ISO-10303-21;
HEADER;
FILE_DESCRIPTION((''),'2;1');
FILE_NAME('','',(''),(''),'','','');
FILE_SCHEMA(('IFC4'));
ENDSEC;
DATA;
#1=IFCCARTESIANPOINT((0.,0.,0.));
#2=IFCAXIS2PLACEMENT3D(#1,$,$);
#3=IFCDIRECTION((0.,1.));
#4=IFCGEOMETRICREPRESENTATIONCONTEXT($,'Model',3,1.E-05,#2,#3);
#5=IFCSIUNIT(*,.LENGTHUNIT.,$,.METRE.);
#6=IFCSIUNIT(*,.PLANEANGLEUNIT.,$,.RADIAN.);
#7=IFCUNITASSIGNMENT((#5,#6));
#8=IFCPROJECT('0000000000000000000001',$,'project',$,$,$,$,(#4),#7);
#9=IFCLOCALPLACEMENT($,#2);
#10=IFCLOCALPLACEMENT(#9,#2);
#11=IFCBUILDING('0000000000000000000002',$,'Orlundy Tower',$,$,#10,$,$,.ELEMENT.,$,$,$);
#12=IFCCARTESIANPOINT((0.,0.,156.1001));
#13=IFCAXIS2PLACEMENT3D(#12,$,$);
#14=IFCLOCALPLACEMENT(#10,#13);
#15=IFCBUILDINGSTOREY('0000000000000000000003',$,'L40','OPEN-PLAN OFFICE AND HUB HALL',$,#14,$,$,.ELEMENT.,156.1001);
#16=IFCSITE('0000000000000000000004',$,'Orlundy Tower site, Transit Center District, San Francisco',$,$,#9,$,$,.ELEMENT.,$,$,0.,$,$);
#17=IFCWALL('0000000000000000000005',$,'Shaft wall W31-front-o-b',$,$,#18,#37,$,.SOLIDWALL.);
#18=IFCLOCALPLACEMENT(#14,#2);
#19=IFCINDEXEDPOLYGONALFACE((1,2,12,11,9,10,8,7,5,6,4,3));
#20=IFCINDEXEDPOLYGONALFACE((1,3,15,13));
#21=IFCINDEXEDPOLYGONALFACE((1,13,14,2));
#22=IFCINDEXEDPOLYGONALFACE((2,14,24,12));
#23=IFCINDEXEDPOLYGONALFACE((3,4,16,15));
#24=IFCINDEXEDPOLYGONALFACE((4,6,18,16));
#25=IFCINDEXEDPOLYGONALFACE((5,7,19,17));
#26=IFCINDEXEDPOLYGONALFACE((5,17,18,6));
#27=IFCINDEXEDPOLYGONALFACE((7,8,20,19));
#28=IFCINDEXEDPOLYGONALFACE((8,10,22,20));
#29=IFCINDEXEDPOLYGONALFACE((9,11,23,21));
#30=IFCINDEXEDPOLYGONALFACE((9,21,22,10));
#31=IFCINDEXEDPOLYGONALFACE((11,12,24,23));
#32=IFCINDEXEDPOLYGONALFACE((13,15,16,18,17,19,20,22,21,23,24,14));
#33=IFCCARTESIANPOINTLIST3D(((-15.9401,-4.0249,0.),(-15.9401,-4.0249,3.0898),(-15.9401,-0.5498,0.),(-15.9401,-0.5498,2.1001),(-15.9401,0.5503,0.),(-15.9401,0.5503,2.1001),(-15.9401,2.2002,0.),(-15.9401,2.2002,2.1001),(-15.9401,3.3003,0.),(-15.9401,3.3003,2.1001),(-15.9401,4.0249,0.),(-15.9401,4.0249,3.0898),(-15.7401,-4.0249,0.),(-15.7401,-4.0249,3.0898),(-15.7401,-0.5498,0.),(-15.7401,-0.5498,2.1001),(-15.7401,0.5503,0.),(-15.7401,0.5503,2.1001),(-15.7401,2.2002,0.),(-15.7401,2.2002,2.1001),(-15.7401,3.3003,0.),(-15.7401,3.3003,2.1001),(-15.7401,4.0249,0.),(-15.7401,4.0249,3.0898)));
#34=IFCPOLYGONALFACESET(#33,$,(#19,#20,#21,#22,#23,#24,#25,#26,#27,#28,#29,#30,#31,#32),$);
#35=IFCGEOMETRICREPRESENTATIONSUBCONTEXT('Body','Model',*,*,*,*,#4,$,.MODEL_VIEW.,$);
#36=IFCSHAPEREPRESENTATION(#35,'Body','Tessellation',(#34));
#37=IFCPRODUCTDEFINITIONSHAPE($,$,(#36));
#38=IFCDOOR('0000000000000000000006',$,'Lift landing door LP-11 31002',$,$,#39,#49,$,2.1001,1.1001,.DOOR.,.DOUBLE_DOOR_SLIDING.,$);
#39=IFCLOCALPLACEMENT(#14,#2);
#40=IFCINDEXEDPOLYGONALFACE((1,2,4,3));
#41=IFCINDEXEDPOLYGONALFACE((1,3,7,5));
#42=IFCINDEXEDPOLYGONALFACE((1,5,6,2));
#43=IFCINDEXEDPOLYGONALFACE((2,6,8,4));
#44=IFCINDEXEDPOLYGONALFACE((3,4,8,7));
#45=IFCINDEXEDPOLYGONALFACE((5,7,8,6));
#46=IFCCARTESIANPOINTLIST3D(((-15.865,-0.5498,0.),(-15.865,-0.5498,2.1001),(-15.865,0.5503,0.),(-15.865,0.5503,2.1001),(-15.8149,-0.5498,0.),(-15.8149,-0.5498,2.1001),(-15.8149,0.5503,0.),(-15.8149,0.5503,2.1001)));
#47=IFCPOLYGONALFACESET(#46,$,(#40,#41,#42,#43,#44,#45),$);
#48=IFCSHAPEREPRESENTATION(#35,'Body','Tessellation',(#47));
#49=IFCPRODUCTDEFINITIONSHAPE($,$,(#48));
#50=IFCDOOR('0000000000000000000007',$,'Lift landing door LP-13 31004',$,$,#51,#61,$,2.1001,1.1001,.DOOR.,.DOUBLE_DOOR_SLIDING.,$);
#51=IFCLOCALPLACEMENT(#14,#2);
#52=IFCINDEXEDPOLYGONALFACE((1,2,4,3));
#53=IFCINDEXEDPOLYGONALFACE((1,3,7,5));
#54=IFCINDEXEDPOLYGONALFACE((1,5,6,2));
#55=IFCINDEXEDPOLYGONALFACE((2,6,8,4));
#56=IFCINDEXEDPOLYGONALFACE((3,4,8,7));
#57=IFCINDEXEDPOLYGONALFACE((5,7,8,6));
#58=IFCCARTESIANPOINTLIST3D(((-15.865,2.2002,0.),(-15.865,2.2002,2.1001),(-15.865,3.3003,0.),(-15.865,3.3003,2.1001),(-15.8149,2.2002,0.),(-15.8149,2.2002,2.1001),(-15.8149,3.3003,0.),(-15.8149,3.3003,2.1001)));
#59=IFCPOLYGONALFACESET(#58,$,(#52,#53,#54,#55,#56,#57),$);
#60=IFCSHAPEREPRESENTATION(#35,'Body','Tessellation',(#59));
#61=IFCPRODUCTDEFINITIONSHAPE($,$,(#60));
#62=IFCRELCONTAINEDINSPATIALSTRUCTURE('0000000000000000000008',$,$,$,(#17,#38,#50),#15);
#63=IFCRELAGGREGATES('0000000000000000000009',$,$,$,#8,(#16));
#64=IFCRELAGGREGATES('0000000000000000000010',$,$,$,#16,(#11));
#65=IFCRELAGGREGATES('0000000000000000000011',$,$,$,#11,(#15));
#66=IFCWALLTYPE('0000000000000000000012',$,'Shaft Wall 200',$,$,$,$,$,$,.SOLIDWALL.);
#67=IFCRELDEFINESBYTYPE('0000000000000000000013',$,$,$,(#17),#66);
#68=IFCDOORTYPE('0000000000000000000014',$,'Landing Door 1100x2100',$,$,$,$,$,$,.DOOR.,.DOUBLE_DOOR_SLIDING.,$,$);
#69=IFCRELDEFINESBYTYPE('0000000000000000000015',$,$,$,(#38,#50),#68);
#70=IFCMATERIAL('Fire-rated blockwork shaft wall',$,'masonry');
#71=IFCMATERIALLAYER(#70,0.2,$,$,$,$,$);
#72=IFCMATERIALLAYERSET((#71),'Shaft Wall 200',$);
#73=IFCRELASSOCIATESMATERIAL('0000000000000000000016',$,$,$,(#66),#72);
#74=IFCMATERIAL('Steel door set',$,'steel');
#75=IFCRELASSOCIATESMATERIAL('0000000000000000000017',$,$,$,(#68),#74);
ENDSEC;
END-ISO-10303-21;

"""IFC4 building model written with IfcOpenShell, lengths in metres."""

from ifc_helpers import new_model, si_unit, direction, frame, frame_2d, origin, place, context, subcontext, project, spatial, rectangle, extrude, material, layer, layer_set, type_object, element, fill, save


model = new_model("IFC4")

# Units and contexts
model_context = context("Model", 3, precision=1e-05, world=origin(), true_north=direction((0.0, 1.0)))
body_context = subcontext(model_context, "Body", "Model", "MODEL_VIEW")
ifc_project = project(units=[si_unit("LENGTHUNIT", "METRE"), si_unit("PLANEANGLEUNIT", "RADIAN")], contexts=[model_context])

# Site, building, storey
site_placement = place(None, origin())
site = spatial("IfcSite", under=ifc_project, at=site_placement, Name="Orlundy Tower site, Transit Center District, San Francisco", CompositionType="ELEMENT", RefElevation=0.0)
building_placement = place(site_placement, origin())
building = spatial("IfcBuilding", under=site, at=building_placement, Name="Orlundy Tower", CompositionType="ELEMENT")
storey_placement = place(building_placement, frame((0.0, 0.0, 156.1001)))
storey = spatial("IfcBuildingStorey", under=building, at=storey_placement, Name="L40", Description="OPEN-PLAN OFFICE AND HUB HALL", CompositionType="ELEMENT", Elevation=156.1001)

# Shared definitions
ifc_material_1 = material(Name="Fire-rated blockwork shaft wall", Category="masonry")
ifc_layer_1 = layer(ifc_material_1, 0.2)
ifc_layer_set_1 = layer_set([ifc_layer_1], Name="Shaft Wall 200")
wall_type_1 = type_object("IfcWallType", Name="Shaft Wall 200", PredefinedType="SOLIDWALL", material=ifc_layer_set_1)
ifc_material_2 = material(Name="Steel door set", Category="steel")
door_type = type_object("IfcDoorType", Name="Landing Door 1100x2100", OperationType="DOUBLE_DOOR_SLIDING", PredefinedType="DOOR", material=ifc_material_2)

# Wall, openings, doors
wall_1_placement = place(storey_placement, frame((-15.8401, -4.0249, 0.0), z_axis=(0.0, 0.0, 1.0), x_axis=(0.0, 1.0, 0.0)))
wall_1 = element("IfcWall", 1, at=wall_1_placement, inside=storey, type_object=wall_type_1, Name="Shaft wall W31-front-o-b", PredefinedType="SOLIDWALL", context=body_context, shape_type="SweptSolid", body=[
    extrude(rectangle(XDim=8.0498, YDim=0.2, at=frame_2d((4.0249, 0.0))), origin(), (0.0, 0.0, 1.0), 3.0898),
])
opening_1_placement = place(wall_1_placement, frame((3.4751, 0.0, 0.0)))
opening_1 = element("IfcOpeningElement", 2, at=opening_1_placement, cuts=wall_1, PredefinedType="OPENING", context=body_context, shape_type="SweptSolid", body=[
    extrude(rectangle(XDim=1.1001, YDim=2.1001, at=frame_2d((0.55, 1.05))), frame((0.0, 0.1101, 0.0), z_axis=(0.0, -1.0, 0.0), x_axis=(1.0, 0.0, 0.0)), (0.0, 0.0, 1.0), 0.2202),
])
opening_2_placement = place(wall_1_placement, frame((6.2251, 0.0, 0.0)))
opening_2 = element("IfcOpeningElement", 3, at=opening_2_placement, cuts=wall_1, PredefinedType="OPENING", context=body_context, shape_type="SweptSolid", body=[
    extrude(rectangle(XDim=1.1001, YDim=2.1001, at=frame_2d((0.55, 1.05))), frame((0.0, 0.1101, 0.0), z_axis=(0.0, -1.0, 0.0), x_axis=(1.0, 0.0, 0.0)), (0.0, 0.0, 1.0), 0.2202),
])
door_1_placement = place(opening_1_placement, origin())
door_1 = element("IfcDoor", 4, at=door_1_placement, inside=storey, type_object=door_type, Name="Lift landing door LP-11 31002", OperationType="DOUBLE_DOOR_SLIDING", OverallHeight=2.1001, OverallWidth=1.1001, PredefinedType="DOOR", context=body_context, shape_type="SweptSolid", body=[
    extrude(rectangle(XDim=1.1001, YDim=2.1001, at=frame_2d((0.55, 1.05))), frame((0.0, 0.0249, 0.0), z_axis=(0.0, -1.0, 0.0), x_axis=(1.0, 0.0, 0.0)), (0.0, 0.0, 1.0), 0.05),
])
fill(opening_1, door_1)
door_2_placement = place(opening_2_placement, origin())
door_2 = element("IfcDoor", 5, at=door_2_placement, inside=storey, type_object=door_type, Name="Lift landing door LP-13 31004", OperationType="DOUBLE_DOOR_SLIDING", OverallHeight=2.1001, OverallWidth=1.1001, PredefinedType="DOOR", context=body_context, shape_type="SweptSolid", body=[
    extrude(rectangle(XDim=1.1001, YDim=2.1001, at=frame_2d((0.55, 1.05))), frame((0.0, 0.0249, 0.0), z_axis=(0.0, -1.0, 0.0), x_axis=(1.0, 0.0, 0.0)), (0.0, 0.0, 1.0), 0.05),
])
fill(opening_2, door_2)

save(model, "model.ifc")
